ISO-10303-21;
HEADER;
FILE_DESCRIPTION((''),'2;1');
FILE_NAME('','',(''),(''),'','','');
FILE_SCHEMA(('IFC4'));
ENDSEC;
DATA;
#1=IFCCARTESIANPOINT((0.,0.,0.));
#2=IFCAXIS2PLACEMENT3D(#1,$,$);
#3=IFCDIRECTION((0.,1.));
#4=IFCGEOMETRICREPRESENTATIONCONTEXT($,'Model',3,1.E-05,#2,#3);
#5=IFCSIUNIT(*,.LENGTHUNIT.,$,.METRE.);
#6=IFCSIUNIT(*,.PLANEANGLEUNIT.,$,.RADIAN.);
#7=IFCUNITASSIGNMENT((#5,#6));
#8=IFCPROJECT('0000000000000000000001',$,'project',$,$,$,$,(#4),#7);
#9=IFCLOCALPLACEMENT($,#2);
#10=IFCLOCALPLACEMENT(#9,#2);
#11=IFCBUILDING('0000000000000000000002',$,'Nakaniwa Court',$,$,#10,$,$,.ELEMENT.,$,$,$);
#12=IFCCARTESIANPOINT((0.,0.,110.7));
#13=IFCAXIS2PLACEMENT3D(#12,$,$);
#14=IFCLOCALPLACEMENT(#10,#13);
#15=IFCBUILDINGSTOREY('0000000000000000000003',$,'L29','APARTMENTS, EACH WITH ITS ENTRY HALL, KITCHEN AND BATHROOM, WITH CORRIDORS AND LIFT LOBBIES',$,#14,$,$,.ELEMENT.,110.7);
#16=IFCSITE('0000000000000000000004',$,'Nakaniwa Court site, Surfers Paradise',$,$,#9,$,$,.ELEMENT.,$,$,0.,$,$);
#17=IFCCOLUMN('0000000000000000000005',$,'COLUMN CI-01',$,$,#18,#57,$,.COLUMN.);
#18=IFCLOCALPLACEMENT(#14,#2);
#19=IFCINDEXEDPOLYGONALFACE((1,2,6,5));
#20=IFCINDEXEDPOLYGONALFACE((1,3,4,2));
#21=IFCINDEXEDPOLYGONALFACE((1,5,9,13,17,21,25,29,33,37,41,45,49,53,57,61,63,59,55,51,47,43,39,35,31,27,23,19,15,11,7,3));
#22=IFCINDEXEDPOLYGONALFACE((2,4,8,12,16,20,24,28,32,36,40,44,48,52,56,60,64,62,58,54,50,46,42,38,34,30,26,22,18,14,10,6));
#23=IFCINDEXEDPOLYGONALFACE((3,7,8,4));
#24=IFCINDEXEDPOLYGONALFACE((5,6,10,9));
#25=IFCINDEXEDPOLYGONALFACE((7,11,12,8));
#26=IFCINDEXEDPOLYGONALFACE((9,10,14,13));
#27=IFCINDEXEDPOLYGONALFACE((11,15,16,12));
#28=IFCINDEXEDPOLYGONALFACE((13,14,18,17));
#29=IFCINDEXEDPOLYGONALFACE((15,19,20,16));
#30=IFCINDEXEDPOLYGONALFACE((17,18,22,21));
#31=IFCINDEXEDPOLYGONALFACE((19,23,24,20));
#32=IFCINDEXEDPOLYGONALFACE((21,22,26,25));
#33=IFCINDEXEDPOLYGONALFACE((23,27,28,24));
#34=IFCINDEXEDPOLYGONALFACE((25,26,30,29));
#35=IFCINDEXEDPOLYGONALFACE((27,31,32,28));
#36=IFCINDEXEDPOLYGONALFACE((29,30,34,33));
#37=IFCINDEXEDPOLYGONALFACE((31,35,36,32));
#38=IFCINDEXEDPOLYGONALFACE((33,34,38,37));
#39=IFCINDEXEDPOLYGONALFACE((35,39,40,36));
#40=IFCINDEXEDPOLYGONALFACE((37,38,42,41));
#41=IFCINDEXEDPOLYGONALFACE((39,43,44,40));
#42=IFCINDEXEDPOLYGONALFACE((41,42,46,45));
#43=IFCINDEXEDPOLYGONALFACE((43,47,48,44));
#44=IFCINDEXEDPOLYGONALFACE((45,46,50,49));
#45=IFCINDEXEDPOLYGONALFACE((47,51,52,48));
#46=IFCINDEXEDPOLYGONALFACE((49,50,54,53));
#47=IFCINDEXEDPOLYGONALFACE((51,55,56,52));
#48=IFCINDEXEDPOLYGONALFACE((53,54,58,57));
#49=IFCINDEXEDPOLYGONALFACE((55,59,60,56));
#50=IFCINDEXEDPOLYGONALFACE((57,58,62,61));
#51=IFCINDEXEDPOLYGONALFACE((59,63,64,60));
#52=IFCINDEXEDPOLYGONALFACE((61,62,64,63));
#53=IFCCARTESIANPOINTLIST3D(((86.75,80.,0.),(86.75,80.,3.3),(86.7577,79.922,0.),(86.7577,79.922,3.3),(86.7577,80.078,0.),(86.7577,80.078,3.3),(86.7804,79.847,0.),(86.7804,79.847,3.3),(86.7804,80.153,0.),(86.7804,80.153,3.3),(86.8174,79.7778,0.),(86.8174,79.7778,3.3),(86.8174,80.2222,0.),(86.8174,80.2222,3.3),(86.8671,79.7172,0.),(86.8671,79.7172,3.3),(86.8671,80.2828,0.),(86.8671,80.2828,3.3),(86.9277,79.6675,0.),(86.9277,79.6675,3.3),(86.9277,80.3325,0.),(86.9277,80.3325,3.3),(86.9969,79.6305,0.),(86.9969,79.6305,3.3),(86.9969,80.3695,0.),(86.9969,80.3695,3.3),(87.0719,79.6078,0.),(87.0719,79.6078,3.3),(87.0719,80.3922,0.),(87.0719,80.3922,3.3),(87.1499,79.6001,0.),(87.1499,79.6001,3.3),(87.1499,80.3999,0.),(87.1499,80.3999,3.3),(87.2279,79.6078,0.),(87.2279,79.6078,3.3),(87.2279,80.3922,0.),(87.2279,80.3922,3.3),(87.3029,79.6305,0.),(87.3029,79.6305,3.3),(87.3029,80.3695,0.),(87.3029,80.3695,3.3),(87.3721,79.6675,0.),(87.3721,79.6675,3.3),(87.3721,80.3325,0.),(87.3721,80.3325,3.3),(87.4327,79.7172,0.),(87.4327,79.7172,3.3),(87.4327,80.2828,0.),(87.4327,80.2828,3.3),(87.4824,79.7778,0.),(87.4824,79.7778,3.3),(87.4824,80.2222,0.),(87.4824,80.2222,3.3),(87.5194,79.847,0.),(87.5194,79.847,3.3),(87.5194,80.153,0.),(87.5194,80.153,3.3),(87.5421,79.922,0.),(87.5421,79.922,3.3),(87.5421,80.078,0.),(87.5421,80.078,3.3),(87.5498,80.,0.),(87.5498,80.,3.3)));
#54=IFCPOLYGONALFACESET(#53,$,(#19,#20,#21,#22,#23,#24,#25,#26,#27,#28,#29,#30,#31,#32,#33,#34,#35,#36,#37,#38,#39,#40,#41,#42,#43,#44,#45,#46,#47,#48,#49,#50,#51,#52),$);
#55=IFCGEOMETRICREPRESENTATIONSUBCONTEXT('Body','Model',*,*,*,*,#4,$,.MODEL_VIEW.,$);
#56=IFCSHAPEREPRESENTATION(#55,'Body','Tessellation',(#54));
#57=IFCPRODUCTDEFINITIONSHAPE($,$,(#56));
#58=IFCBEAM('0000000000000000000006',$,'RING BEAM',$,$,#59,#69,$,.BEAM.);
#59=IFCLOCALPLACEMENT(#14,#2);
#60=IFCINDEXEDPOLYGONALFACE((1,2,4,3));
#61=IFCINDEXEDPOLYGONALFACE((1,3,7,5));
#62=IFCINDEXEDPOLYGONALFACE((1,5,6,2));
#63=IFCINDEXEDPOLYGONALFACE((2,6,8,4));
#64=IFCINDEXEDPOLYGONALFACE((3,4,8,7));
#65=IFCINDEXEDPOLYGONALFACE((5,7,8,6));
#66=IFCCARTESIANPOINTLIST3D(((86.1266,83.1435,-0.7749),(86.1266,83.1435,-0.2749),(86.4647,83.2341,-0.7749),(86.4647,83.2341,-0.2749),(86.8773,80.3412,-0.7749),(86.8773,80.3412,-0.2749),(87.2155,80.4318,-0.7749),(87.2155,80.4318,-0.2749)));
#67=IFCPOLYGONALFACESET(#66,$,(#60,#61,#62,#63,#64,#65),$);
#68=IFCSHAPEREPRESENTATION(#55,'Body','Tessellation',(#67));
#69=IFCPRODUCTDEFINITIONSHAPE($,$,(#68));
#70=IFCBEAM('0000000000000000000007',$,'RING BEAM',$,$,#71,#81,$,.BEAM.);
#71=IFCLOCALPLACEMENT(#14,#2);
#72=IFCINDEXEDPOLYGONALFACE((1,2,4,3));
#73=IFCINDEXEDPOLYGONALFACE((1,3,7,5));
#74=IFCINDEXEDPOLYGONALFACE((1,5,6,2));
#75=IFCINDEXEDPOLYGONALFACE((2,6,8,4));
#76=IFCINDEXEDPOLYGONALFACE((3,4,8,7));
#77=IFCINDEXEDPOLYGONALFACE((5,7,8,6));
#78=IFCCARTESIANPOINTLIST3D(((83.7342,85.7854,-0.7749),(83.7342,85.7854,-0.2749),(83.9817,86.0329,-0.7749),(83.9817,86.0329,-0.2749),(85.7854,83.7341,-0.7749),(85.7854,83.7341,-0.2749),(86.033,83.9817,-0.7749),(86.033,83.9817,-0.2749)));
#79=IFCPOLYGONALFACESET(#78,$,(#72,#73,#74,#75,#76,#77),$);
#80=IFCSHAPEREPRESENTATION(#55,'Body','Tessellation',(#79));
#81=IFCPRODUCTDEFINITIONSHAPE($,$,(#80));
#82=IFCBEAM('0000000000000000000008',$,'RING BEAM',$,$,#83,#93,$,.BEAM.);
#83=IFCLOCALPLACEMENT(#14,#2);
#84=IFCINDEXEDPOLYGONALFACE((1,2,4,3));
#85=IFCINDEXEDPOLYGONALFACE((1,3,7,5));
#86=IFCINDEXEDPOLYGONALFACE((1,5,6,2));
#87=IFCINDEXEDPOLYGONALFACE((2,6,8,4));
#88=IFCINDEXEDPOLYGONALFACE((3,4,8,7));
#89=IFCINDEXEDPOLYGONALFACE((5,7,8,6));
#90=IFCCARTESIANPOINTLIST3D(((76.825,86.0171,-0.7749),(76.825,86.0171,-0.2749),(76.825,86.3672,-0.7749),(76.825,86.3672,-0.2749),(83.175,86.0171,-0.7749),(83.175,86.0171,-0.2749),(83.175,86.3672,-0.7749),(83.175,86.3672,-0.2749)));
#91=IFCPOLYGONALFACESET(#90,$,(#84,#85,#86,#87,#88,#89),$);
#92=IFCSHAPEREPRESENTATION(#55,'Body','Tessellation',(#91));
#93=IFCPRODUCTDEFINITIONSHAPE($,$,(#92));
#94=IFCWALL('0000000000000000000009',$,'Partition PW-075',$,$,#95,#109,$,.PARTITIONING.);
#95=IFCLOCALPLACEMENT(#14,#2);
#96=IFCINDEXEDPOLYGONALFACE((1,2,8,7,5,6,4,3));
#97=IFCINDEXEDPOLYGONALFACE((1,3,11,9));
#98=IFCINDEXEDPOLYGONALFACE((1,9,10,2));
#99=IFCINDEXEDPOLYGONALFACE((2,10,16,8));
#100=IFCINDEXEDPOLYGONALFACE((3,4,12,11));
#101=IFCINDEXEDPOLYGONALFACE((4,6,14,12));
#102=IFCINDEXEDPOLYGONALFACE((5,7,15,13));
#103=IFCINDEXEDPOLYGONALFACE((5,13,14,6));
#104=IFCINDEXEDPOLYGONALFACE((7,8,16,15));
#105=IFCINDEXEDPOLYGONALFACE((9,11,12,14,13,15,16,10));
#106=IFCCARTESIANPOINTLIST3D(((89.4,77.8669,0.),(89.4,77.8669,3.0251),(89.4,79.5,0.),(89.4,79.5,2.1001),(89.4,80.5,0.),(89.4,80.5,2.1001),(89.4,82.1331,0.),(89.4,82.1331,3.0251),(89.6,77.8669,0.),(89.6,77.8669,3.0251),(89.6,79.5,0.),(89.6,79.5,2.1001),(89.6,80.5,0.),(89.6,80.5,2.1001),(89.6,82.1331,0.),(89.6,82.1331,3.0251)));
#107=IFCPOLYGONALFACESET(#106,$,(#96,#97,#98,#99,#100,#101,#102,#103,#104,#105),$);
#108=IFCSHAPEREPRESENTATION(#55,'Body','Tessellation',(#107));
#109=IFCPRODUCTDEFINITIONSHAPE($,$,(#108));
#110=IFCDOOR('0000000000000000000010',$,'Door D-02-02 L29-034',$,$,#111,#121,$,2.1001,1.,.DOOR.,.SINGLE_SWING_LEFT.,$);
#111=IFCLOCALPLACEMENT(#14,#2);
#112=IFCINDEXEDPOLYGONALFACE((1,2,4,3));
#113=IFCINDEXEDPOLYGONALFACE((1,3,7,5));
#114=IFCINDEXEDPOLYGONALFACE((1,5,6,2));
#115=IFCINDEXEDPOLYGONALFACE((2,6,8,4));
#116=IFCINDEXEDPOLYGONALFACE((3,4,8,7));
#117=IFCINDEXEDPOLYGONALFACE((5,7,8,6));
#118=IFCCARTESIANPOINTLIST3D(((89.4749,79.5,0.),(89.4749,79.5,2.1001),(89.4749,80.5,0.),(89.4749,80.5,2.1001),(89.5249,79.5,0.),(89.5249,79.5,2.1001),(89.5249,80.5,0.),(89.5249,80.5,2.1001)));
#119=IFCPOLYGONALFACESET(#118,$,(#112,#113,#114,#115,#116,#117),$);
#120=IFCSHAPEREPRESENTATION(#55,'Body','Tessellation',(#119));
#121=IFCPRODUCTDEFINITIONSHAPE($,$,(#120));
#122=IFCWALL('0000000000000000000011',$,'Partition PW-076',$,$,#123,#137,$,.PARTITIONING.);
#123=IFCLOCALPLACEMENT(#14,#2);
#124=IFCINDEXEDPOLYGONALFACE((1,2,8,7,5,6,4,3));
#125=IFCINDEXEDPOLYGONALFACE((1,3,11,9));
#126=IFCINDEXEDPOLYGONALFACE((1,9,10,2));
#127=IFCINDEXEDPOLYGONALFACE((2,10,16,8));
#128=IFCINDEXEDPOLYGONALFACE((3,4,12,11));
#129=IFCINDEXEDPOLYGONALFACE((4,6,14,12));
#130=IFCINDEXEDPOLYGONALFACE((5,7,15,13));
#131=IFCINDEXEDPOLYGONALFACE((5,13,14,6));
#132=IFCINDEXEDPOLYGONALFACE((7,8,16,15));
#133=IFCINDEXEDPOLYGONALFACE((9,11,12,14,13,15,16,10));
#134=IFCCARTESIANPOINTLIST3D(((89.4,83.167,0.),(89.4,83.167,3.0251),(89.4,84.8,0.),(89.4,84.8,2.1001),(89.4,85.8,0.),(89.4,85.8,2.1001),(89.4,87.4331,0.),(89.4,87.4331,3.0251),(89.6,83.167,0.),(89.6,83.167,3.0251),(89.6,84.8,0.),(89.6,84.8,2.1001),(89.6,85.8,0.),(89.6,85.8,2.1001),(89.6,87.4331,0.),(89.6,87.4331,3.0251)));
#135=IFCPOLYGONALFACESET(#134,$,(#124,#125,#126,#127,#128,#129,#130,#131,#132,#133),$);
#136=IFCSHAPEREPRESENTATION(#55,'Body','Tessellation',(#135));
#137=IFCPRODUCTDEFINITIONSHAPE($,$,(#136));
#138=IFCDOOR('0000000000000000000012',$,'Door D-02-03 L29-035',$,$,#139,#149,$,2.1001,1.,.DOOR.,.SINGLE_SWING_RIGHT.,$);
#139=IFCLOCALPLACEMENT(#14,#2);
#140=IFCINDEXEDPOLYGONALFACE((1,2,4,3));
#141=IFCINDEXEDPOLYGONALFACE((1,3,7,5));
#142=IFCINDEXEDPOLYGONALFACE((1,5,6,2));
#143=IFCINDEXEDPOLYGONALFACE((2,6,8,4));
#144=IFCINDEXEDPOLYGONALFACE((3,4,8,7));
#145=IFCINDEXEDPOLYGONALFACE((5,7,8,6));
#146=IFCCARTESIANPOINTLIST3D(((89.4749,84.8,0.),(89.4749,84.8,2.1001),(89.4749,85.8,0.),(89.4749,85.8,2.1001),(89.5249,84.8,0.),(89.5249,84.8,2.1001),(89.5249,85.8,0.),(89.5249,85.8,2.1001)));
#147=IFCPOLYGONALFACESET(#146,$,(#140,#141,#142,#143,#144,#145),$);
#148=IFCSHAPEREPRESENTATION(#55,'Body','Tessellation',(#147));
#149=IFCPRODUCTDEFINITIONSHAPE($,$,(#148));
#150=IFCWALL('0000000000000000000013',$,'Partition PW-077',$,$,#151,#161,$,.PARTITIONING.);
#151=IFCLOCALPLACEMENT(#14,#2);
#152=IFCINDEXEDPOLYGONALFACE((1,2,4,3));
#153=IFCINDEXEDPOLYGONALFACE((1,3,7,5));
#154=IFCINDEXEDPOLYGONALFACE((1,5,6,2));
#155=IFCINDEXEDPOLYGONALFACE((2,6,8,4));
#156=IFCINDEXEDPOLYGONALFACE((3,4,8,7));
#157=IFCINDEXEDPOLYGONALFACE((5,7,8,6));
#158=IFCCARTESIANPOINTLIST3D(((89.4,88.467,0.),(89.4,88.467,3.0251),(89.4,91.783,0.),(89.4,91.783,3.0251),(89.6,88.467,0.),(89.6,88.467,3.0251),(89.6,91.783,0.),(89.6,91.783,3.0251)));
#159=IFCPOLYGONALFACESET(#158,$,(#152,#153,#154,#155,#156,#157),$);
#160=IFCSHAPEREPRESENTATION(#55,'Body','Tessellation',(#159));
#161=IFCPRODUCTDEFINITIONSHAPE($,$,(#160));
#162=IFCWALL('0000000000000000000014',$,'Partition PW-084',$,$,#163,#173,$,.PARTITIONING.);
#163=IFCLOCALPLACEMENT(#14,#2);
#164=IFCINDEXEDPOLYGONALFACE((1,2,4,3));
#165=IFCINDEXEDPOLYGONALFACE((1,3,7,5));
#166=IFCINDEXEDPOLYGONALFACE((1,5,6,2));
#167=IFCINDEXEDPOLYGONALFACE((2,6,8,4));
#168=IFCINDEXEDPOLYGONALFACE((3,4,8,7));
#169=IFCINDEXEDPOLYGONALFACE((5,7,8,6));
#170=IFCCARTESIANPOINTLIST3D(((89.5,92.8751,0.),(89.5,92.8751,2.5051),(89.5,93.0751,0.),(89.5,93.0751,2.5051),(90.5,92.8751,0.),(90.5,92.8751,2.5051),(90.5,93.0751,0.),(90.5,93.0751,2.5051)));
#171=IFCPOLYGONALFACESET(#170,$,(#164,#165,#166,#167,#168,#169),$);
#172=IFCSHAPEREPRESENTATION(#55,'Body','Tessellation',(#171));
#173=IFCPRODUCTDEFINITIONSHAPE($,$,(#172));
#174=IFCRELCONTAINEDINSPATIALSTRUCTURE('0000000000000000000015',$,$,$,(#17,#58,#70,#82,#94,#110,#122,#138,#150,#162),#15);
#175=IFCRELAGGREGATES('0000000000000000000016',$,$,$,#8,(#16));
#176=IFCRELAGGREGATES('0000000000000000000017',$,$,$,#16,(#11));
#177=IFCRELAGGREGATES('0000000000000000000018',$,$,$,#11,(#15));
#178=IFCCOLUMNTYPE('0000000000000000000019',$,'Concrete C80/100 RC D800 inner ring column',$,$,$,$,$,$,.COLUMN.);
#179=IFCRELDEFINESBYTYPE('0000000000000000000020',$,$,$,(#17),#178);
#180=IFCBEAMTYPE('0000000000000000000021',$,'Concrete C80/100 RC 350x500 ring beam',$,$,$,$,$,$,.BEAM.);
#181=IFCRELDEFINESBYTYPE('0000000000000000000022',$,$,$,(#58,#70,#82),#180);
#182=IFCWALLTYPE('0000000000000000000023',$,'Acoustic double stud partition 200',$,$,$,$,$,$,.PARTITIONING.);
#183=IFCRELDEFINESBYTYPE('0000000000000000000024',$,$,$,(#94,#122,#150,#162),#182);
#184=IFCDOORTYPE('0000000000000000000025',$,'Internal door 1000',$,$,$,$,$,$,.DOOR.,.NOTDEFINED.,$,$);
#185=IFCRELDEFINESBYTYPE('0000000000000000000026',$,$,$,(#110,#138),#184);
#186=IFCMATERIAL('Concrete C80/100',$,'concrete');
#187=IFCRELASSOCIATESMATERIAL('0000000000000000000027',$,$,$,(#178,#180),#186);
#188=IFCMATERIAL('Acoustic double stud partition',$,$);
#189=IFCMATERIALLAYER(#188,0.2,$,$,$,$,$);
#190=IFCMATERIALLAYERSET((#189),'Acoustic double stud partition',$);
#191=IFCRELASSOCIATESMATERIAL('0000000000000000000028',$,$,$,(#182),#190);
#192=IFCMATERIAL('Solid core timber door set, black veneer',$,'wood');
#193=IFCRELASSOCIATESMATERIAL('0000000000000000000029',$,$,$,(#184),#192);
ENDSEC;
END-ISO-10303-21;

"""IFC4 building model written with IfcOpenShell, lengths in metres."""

from ifc_helpers import new_model, si_unit, direction, frame, frame_2d, origin, origin_2d, place, context, subcontext, project, spatial, rectangle, circle, extrude, material, layer, layer_set, material_profile, profile_set, type_object, element, fill, save


model = new_model("IFC4")

# Units and contexts
model_context = context("Model", 3, precision=1e-05, world=origin(), true_north=direction((0.0, 1.0)))
body_context = subcontext(model_context, "Body", "Model", "MODEL_VIEW")
ifc_project = project(units=[si_unit("LENGTHUNIT", "METRE"), si_unit("PLANEANGLEUNIT", "RADIAN")], contexts=[model_context])

# Site, building, storey
site_placement = place(None, origin())
site = spatial("IfcSite", under=ifc_project, at=site_placement, Name="Nakaniwa Court site, Surfers Paradise", CompositionType="ELEMENT", RefElevation=0.0)
building_placement = place(site_placement, origin())
building = spatial("IfcBuilding", under=site, at=building_placement, Name="Nakaniwa Court", CompositionType="ELEMENT")
storey_placement = place(building_placement, frame((0.0, 0.0, 110.7)))
storey = spatial("IfcBuildingStorey", under=building, at=storey_placement, Name="L29", Description="APARTMENTS, EACH WITH ITS ENTRY HALL, KITCHEN AND BATHROOM, WITH CORRIDORS AND LIFT LOBBIES", CompositionType="ELEMENT", Elevation=110.7)

# Column
ifc_material_1 = material(Name="Concrete C80/100", Category="concrete")
ifc_material_profile_1 = material_profile(ifc_material_1, circle(Radius=0.3999, at=origin_2d()), Name="Concrete C80/100 RC D800 inner ring column")
ifc_profile_set_1 = profile_set([ifc_material_profile_1], Name="Concrete C80/100")
column_type = type_object("IfcColumnType", Name="Concrete C80/100 RC D800 inner ring column", PredefinedType="COLUMN", material=ifc_profile_set_1)
for number, where, z_axis, x_axis, name in (
    (1, (87.1499, 80.0, 0.0), (0.0, 0.0, 1.0), (0.0, 1.0, 0.0), "COLUMN CI-01"),
):
    element("IfcColumn", number, at=place(storey_placement, frame(where, z_axis=z_axis, x_axis=x_axis)), inside=storey, type_object=column_type, Name=name, PredefinedType="COLUMN", context=body_context, shape_type="SweptSolid", body=[
        extrude(circle(Radius=0.3999, at=origin_2d()), origin(), (0.0, 0.0, 1.0), 3.3),
    ])

# Beams
ifc_material_profile_2 = material_profile(ifc_material_1, rectangle(XDim=0.3501, YDim=0.5, at=origin_2d()), Name="Concrete C80/100 RC 350x500 ring beam")
ifc_profile_set_2 = profile_set([ifc_material_profile_2], Name="Concrete C80/100")
beam_type = type_object("IfcBeamType", Name="Concrete C80/100 RC 350x500 ring beam", PredefinedType="BEAM", material=ifc_profile_set_2)
beam_1_placement = place(storey_placement, frame((87.0464, 80.3865, -0.5249), z_axis=(-0.258778, 0.965937, 0.0), x_axis=(-0.965937, -0.258778, 0.0)))
element("IfcBeam", 2, at=beam_1_placement, inside=storey, type_object=beam_type, Name="RING BEAM", PredefinedType="BEAM", context=body_context, shape_type="SweptSolid", body=[
    extrude(rectangle(XDim=0.3501, YDim=0.5, at=origin_2d()), origin(), (0.0, 0.0, 1.0), 2.9011),
])
beam_2_placement = place(storey_placement, frame((85.9092, 83.8579, -0.5249), z_axis=(-0.707107, 0.707107, 0.0), x_axis=(-0.707107, -0.707107, 0.0)))
element("IfcBeam", 3, at=beam_2_placement, inside=storey, type_object=beam_type, Name="RING BEAM", PredefinedType="BEAM", context=body_context, shape_type="SweptSolid", body=[
    extrude(rectangle(XDim=0.3501, YDim=0.5, at=origin_2d()), origin(), (0.0, 0.0, 1.0), 2.9009),
])
beam_3_placement = place(storey_placement, frame((83.175, 86.1921, -0.5249), z_axis=(-1.0, 0.0, 0.0), x_axis=(0.0, -1.0, 0.0)))
element("IfcBeam", 4, at=beam_3_placement, inside=storey, type_object=beam_type, Name="RING BEAM", PredefinedType="BEAM", context=body_context, shape_type="SweptSolid", body=[
    extrude(rectangle(XDim=0.3501, YDim=0.5, at=origin_2d()), origin(), (0.0, 0.0, 1.0), 6.3501),
])

# Walls, openings, doors
ifc_material_2 = material(Name="Acoustic double stud partition")
ifc_layer_1 = layer(ifc_material_2, 0.2)
ifc_layer_set_1 = layer_set([ifc_layer_1], Name="Acoustic double stud partition")
wall_type_1 = type_object("IfcWallType", Name="Acoustic double stud partition 200", PredefinedType="PARTITIONING", material=ifc_layer_set_1)
wall_1_placement = place(storey_placement, frame((89.5, 82.1331, 0.0), z_axis=(0.0, 0.0, 1.0), x_axis=(0.0, -1.0, 0.0)))
wall_1 = element("IfcWall", 5, at=wall_1_placement, inside=storey, type_object=wall_type_1, Name="Partition PW-075", PredefinedType="PARTITIONING", context=body_context, shape_type="SweptSolid", body=[
    extrude(rectangle(XDim=4.2661, YDim=0.2, at=frame_2d((2.1331, 0.0))), origin(), (0.0, 0.0, 1.0), 3.0251),
])
opening_1_placement = place(wall_1_placement, frame((1.6331, 0.0, 0.0)))
opening_1 = element("IfcOpeningElement", 6, at=opening_1_placement, cuts=wall_1, PredefinedType="OPENING", context=body_context, shape_type="SweptSolid", body=[
    extrude(rectangle(XDim=1.0, YDim=2.1001, at=frame_2d((0.5, 1.05))), frame((0.0, 0.1099, 0.0), z_axis=(0.0, -1.0, 0.0), x_axis=(1.0, 0.0, 0.0)), (0.0, 0.0, 1.0), 0.22),
])
ifc_material_3 = material(Name="Solid core timber door set, black veneer", Category="wood")
door_type_1 = type_object("IfcDoorType", Name="Internal door 1000", OperationType="NOTDEFINED", PredefinedType="DOOR", material=ifc_material_3)
door_1_placement = place(opening_1_placement, origin())
door_1 = element("IfcDoor", 7, at=door_1_placement, inside=storey, type_object=door_type_1, Name="Door D-02-02 L29-034", OperationType="SINGLE_SWING_LEFT", OverallHeight=2.1001, OverallWidth=1.0, PredefinedType="DOOR", context=body_context, shape_type="SweptSolid", body=[
    extrude(rectangle(XDim=1.0, YDim=2.1001, at=frame_2d((0.5, 1.05))), frame((0.0, 0.0249, 0.0), z_axis=(0.0, -1.0, 0.0), x_axis=(1.0, 0.0, 0.0)), (0.0, 0.0, 1.0), 0.05),
])
fill(opening_1, door_1)
wall_2_placement = place(storey_placement, frame((89.5, 87.4331, 0.0), z_axis=(0.0, 0.0, 1.0), x_axis=(0.0, -1.0, 0.0)))
wall_2 = element("IfcWall", 8, at=wall_2_placement, inside=storey, type_object=wall_type_1, Name="Partition PW-076", PredefinedType="PARTITIONING", context=body_context, shape_type="SweptSolid", body=[
    extrude(rectangle(XDim=4.2661, YDim=0.2, at=frame_2d((2.1331, 0.0))), origin(), (0.0, 0.0, 1.0), 3.0251),
])
opening_2_placement = place(wall_2_placement, frame((1.6331, 0.0, 0.0)))
opening_2 = element("IfcOpeningElement", 9, at=opening_2_placement, cuts=wall_2, PredefinedType="OPENING", context=body_context, shape_type="SweptSolid", body=[
    extrude(rectangle(XDim=1.0, YDim=2.1001, at=frame_2d((0.5, 1.05))), frame((0.0, 0.1099, 0.0), z_axis=(0.0, -1.0, 0.0), x_axis=(1.0, 0.0, 0.0)), (0.0, 0.0, 1.0), 0.22),
])
door_2_placement = place(opening_2_placement, origin())
door_2 = element("IfcDoor", 10, at=door_2_placement, inside=storey, type_object=door_type_1, Name="Door D-02-03 L29-035", OperationType="SINGLE_SWING_RIGHT", OverallHeight=2.1001, OverallWidth=1.0, PredefinedType="DOOR", context=body_context, shape_type="SweptSolid", body=[
    extrude(rectangle(XDim=1.0, YDim=2.1001, at=frame_2d((0.5, 1.05))), frame((0.0, 0.0249, 0.0), z_axis=(0.0, -1.0, 0.0), x_axis=(1.0, 0.0, 0.0)), (0.0, 0.0, 1.0), 0.05),
])
fill(opening_2, door_2)

# Walls
wall_3_placement = place(storey_placement, frame((89.5, 88.467, 0.0), z_axis=(0.0, 0.0, 1.0), x_axis=(0.0, 1.0, 0.0)))
element("IfcWall", 11, at=wall_3_placement, inside=storey, type_object=wall_type_1, Name="Partition PW-077", PredefinedType="PARTITIONING", context=body_context, shape_type="SweptSolid", body=[
    extrude(rectangle(XDim=3.3159, YDim=0.2, at=frame_2d((1.658, 0.0))), origin(), (0.0, 0.0, 1.0), 3.0251),
])
wall_4_placement = place(storey_placement, frame((89.5, 92.9751, 0.0), z_axis=(0.0, 0.0, 1.0), x_axis=(1.0, 0.0, 0.0)))
element("IfcWall", 12, at=wall_4_placement, inside=storey, type_object=wall_type_1, Name="Partition PW-084", PredefinedType="PARTITIONING", context=body_context, shape_type="SweptSolid", body=[
    extrude(rectangle(XDim=1.0, YDim=0.2, at=frame_2d((0.5, 0.0))), origin(), (0.0, 0.0, 1.0), 2.5051),
])

save(model, "model.ifc")
